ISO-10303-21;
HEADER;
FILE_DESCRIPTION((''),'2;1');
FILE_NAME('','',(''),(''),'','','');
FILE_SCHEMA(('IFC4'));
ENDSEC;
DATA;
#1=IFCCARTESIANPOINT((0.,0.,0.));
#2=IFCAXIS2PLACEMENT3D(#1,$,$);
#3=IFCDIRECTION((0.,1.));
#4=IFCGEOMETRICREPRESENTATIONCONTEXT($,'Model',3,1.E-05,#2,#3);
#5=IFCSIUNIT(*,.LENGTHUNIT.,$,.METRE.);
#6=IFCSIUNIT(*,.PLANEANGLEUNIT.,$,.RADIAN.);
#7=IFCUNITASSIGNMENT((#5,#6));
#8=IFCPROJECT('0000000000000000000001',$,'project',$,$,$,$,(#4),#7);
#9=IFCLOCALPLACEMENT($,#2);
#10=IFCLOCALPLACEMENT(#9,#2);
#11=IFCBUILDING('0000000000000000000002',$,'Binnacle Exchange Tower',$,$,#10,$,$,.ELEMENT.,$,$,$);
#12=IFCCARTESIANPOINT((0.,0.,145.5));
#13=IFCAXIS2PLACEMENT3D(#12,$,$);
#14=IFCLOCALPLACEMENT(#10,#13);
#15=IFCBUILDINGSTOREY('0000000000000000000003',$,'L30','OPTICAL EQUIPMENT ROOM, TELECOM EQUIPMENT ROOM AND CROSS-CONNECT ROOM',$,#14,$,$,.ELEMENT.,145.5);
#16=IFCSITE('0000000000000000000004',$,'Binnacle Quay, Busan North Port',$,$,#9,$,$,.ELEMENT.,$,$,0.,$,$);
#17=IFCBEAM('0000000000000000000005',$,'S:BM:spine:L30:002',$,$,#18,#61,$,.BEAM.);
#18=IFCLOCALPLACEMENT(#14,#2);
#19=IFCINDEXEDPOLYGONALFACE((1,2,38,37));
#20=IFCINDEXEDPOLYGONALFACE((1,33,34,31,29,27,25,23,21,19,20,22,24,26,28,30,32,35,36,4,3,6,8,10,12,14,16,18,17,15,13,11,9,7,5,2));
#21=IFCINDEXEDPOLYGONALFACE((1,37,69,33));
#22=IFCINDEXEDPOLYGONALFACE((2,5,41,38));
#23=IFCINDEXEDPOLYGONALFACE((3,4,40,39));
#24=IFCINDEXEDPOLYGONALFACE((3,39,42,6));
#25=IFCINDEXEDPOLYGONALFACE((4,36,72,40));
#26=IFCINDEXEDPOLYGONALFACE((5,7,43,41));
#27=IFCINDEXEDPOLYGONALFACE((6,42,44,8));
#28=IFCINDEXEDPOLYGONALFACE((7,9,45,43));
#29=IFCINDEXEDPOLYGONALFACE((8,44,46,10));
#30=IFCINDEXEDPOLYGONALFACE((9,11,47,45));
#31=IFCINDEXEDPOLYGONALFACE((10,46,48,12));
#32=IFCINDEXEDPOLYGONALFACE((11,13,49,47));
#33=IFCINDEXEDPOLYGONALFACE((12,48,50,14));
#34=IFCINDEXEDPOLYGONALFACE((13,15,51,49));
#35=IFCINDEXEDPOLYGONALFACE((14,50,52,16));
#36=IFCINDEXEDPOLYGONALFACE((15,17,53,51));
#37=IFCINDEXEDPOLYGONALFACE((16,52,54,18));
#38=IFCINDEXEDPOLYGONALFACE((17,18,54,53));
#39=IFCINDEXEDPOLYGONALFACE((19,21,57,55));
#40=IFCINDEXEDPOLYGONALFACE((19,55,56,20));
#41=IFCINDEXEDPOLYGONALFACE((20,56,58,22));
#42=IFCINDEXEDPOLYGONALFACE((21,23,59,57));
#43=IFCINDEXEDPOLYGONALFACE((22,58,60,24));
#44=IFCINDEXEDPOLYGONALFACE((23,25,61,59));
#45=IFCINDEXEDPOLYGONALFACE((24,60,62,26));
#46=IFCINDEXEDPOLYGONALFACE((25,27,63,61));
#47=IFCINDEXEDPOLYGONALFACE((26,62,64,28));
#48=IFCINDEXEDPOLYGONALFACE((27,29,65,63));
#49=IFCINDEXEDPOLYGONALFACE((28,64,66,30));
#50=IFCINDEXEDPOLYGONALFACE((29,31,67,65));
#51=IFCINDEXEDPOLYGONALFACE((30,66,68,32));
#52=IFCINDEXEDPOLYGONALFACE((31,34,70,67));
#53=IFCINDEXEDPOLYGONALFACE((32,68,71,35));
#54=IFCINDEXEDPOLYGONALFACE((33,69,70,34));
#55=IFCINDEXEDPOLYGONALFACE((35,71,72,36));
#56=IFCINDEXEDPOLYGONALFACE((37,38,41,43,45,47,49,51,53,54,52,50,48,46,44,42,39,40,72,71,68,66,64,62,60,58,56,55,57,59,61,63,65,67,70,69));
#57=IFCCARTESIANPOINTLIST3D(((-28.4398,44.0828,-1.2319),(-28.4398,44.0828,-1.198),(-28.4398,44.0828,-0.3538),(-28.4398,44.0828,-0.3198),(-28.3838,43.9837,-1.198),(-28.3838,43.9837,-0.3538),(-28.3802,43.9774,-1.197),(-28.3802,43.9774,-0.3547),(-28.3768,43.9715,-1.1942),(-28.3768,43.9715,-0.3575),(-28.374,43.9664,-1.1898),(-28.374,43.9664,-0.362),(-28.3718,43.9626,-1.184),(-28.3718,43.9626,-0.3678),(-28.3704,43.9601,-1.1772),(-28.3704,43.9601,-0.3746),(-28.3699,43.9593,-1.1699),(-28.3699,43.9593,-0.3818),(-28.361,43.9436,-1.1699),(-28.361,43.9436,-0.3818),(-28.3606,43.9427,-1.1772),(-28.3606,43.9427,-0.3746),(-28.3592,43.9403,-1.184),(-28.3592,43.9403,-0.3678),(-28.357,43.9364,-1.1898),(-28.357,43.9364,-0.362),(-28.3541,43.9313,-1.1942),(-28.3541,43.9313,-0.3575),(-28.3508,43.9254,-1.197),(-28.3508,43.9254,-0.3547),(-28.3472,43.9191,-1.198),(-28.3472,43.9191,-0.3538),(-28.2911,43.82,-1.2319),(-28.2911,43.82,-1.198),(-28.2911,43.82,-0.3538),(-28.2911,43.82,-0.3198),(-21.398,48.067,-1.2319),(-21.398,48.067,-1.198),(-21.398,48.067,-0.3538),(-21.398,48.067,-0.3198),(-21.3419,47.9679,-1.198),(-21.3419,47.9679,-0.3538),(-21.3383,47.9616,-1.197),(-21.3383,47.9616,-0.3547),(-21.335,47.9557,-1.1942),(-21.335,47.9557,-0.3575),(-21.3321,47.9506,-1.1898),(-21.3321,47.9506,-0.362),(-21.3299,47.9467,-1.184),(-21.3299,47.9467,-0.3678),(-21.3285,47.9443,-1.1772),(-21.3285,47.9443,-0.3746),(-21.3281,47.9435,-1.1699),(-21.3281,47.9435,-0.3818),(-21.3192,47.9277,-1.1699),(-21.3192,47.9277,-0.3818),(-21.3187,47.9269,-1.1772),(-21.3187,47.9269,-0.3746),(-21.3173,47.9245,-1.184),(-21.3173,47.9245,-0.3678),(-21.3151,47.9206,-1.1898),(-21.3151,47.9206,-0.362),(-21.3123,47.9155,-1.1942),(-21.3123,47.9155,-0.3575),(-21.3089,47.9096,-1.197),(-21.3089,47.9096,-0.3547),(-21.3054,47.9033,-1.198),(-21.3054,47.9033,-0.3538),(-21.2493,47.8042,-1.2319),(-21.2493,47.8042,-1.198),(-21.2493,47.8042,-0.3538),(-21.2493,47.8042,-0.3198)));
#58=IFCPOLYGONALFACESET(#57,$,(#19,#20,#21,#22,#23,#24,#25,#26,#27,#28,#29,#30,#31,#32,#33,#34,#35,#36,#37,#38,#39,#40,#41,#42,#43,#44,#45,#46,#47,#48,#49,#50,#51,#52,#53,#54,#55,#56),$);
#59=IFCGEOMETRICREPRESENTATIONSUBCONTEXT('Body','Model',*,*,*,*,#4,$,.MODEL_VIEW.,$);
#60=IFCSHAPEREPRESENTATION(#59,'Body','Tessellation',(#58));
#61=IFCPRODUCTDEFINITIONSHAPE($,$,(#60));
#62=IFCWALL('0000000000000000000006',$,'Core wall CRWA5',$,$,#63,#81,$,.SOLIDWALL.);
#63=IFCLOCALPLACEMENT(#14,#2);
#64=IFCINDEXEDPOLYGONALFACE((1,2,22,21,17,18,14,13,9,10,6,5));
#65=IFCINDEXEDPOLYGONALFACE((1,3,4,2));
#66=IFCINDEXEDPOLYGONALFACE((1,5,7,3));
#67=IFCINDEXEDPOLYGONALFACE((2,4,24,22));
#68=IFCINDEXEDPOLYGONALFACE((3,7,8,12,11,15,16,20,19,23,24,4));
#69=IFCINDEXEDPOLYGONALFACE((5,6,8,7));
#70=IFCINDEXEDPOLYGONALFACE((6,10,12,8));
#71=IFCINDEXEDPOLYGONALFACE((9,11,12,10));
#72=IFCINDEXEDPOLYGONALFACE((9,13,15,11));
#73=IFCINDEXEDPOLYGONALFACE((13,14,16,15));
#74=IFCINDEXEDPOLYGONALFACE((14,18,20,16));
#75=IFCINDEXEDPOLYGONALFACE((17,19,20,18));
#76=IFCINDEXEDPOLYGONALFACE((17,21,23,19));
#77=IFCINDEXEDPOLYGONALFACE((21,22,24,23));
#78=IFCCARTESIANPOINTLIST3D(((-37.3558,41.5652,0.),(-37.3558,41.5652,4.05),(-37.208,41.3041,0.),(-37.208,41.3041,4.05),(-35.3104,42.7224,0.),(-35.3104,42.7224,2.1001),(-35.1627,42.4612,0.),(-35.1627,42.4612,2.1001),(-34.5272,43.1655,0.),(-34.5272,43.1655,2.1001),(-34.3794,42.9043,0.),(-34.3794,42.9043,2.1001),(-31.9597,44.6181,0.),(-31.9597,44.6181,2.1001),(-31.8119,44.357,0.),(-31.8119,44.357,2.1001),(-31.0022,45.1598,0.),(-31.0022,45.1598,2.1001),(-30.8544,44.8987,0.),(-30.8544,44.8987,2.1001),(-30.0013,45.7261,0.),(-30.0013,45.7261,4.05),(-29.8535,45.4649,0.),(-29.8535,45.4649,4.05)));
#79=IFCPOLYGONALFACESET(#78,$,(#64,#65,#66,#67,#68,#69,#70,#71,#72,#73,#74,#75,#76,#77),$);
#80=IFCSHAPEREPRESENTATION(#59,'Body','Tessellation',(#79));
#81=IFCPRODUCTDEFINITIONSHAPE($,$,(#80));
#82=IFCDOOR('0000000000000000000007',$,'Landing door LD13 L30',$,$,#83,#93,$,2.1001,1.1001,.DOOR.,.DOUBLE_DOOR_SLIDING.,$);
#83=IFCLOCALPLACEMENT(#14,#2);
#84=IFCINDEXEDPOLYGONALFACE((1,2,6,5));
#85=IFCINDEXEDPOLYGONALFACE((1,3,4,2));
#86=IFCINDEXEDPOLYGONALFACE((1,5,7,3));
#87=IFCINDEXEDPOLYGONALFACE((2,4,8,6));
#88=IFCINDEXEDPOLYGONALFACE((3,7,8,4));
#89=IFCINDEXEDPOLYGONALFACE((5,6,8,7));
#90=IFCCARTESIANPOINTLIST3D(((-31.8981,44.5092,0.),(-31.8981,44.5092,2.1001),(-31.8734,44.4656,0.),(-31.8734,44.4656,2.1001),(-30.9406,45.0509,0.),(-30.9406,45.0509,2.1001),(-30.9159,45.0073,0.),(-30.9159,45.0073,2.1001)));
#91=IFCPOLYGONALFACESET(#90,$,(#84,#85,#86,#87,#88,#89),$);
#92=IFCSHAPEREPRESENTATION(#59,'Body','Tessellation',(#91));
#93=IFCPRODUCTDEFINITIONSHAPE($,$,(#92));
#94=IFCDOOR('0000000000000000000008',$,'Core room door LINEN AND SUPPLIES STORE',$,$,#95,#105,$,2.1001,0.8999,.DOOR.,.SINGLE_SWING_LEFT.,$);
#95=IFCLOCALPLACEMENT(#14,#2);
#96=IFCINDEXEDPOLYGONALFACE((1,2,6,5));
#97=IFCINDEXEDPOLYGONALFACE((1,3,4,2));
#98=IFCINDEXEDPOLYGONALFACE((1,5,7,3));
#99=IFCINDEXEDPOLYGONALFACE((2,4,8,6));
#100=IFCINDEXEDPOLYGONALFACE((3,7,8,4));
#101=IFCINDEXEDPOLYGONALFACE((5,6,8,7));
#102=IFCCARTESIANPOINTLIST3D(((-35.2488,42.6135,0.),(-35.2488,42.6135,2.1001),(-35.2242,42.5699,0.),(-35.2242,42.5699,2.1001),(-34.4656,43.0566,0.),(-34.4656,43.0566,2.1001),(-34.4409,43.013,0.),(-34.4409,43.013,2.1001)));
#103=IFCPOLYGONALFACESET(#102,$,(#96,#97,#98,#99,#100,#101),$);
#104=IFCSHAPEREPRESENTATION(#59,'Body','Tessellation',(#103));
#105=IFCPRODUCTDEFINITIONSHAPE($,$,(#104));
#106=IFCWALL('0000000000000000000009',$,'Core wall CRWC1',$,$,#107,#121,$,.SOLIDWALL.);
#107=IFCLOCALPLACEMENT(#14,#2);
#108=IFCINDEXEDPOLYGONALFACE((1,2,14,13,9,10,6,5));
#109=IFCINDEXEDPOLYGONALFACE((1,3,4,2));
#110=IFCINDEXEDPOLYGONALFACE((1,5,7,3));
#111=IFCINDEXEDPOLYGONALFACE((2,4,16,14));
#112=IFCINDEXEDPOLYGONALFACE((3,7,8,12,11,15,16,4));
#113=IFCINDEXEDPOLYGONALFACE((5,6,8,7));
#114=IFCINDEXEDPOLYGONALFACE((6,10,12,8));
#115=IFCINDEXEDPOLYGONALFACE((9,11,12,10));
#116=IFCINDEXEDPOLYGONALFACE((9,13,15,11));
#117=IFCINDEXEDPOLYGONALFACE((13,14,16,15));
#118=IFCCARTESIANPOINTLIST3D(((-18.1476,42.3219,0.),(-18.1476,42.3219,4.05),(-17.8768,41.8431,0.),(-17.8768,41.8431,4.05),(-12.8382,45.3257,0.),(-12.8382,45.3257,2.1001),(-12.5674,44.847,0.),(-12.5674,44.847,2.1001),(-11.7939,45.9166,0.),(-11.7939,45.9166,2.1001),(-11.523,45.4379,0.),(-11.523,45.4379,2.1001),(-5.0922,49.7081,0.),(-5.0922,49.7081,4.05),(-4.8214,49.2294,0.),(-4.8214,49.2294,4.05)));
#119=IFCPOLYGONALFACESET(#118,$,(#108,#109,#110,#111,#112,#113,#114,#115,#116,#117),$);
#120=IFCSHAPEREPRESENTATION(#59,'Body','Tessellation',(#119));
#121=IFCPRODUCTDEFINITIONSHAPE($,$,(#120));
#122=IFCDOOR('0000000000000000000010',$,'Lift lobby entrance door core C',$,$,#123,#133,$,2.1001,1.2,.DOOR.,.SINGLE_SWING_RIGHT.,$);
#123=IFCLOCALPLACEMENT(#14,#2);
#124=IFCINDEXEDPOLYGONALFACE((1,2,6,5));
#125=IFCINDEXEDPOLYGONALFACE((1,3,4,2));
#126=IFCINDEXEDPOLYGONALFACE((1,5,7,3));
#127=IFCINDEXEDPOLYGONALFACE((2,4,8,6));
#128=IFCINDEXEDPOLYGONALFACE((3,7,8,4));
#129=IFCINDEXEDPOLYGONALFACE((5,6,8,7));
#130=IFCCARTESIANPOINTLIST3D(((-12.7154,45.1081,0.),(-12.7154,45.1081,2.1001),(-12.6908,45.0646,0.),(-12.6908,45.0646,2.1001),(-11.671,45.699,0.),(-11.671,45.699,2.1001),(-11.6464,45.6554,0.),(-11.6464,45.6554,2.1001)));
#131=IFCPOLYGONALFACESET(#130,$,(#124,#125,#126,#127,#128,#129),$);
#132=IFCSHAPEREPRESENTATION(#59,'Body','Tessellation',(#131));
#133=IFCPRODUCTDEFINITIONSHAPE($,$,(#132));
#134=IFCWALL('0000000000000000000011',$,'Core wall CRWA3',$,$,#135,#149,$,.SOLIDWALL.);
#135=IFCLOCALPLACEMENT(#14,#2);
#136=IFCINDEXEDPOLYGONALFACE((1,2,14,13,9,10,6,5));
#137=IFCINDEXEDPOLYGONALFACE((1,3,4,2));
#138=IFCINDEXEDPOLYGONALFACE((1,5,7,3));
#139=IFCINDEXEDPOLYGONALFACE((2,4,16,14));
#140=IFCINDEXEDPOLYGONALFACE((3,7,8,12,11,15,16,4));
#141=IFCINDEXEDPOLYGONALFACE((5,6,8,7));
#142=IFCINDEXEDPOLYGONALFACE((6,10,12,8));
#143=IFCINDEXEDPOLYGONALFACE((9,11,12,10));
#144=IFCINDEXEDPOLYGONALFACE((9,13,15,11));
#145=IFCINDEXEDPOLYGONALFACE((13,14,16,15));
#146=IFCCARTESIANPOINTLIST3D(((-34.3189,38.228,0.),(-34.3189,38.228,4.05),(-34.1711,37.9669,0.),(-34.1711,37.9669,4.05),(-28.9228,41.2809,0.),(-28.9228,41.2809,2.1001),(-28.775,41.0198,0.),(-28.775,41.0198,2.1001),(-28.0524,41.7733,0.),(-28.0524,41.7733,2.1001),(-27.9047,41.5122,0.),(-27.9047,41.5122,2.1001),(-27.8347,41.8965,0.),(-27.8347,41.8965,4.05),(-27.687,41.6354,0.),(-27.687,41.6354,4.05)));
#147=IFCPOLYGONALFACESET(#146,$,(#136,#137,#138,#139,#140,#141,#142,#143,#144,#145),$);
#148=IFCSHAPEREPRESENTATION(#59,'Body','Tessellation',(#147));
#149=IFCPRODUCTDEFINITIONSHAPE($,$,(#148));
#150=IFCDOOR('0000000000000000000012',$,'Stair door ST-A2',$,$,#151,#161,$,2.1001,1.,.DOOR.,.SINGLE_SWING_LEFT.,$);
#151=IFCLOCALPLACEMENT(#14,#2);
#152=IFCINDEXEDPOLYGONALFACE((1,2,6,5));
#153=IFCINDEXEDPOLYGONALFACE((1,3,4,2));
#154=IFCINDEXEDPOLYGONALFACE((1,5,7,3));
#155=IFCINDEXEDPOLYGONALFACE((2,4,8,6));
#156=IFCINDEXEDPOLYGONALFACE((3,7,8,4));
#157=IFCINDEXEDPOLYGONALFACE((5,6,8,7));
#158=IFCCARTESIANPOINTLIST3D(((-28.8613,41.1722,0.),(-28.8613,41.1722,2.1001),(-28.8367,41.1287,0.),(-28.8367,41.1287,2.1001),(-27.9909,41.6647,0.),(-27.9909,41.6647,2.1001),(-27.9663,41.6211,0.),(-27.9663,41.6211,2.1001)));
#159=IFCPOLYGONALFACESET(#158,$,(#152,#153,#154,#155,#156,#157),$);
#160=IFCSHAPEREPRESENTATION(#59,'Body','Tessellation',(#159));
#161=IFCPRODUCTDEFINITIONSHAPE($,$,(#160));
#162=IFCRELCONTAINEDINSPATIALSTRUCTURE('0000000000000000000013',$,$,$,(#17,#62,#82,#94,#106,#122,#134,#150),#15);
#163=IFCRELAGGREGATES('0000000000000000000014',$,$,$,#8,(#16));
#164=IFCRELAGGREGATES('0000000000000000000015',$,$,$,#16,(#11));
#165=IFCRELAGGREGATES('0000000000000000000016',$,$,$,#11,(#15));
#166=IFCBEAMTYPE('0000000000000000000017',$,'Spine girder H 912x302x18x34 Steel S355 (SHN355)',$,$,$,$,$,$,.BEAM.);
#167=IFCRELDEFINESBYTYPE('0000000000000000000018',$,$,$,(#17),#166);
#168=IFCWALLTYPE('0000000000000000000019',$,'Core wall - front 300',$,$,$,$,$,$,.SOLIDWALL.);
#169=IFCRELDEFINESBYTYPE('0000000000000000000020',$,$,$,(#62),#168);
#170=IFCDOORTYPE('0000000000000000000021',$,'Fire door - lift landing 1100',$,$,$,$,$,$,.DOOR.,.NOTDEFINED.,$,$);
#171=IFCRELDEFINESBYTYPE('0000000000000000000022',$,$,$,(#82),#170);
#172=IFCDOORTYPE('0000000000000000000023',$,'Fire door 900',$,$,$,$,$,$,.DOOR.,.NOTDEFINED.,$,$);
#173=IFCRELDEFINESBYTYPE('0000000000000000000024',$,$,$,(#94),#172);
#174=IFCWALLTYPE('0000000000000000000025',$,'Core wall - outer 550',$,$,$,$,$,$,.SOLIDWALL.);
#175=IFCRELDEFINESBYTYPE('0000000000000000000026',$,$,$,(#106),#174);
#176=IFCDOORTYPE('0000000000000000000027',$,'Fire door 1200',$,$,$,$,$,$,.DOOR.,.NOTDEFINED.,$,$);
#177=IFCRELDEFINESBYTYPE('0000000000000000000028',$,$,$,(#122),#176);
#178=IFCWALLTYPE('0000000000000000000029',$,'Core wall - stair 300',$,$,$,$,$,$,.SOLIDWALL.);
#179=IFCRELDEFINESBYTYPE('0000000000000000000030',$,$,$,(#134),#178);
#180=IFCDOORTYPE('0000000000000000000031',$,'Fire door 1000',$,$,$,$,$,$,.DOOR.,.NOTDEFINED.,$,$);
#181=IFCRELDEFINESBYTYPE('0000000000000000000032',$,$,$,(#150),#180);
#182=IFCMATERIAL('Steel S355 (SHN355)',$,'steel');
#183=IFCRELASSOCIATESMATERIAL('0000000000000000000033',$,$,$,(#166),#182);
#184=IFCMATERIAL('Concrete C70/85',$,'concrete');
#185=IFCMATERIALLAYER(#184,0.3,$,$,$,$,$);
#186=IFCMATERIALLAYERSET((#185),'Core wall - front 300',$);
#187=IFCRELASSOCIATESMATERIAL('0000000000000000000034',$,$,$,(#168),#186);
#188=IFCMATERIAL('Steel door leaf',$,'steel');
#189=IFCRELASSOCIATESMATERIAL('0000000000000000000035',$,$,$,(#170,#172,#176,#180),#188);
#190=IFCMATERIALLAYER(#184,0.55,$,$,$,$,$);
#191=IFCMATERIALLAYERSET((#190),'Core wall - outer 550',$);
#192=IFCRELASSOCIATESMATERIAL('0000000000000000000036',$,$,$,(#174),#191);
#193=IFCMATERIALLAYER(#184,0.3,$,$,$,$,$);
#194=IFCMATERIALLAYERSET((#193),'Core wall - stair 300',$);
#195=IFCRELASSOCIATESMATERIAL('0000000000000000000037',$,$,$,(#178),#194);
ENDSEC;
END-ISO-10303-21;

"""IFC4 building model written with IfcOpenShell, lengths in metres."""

from ifc_helpers import new_model, si_unit, direction, frame, frame_2d, origin, origin_2d, place, context, subcontext, project, spatial, rectangle, i_section, extrude, material, layer, layer_set, material_profile, profile_set, type_object, element, fill, save


model = new_model("IFC4")

# Units and contexts
model_context = context("Model", 3, precision=1e-05, world=origin(), true_north=direction((0.0, 1.0)))
body_context = subcontext(model_context, "Body", "Model", "MODEL_VIEW")
ifc_project = project(units=[si_unit("LENGTHUNIT", "METRE"), si_unit("PLANEANGLEUNIT", "RADIAN")], contexts=[model_context])

# Site, building, storey
site_placement = place(None, origin())
site = spatial("IfcSite", under=ifc_project, at=site_placement, Name="Binnacle Quay, Busan North Port", CompositionType="ELEMENT", RefElevation=0.0)
building_placement = place(site_placement, origin())
building = spatial("IfcBuilding", under=site, at=building_placement, Name="Binnacle Exchange Tower", CompositionType="ELEMENT")
storey_placement = place(building_placement, frame((0.0, 0.0, 145.5)))
storey = spatial("IfcBuildingStorey", under=building, at=storey_placement, Name="L30", Description="OPTICAL EQUIPMENT ROOM, TELECOM EQUIPMENT ROOM AND CROSS-CONNECT ROOM", CompositionType="ELEMENT", Elevation=145.5)

# Shared definitions
ifc_material_1 = material(Name="Concrete C70/85", Category="concrete")

# Beam
ifc_material_2 = material(Name="Steel S355 (SHN355)", Category="steel")
ifc_material_profile_1 = material_profile(ifc_material_2, i_section(OverallWidth=0.302, OverallDepth=0.9121, WebThickness=0.0181, FlangeThickness=0.0339, FilletRadius=0.0281, at=origin_2d()), Name="H 912x302x18x34")
ifc_profile_set_1 = profile_set([ifc_material_profile_1], Name="Steel S355 (SHN355)")
beam_type_1 = type_object("IfcBeamType", Name="Spine girder H 912x302x18x34 Steel S355 (SHN355)", PredefinedType="BEAM", material=ifc_profile_set_1)
beam_1_placement = place(storey_placement, frame((-28.3655, 43.9514, -0.7759), z_axis=(0.87035, 0.492433, 0.0), x_axis=(-0.492433, 0.87035, 0.0)))
element("IfcBeam", 1, at=beam_1_placement, inside=storey, type_object=beam_type_1, Name="S:BM:spine:L30:002", PredefinedType="BEAM", context=body_context, shape_type="SweptSolid", body=[
    extrude(i_section(OverallWidth=0.302, OverallDepth=0.9121, WebThickness=0.0181, FlangeThickness=0.0339, FilletRadius=0.0281, at=origin_2d()), origin(), (0.0, 0.0, 1.0), 8.0908),
])

# Wall, openings, doors
ifc_layer_1 = layer(ifc_material_1, 0.3)
ifc_layer_set_1 = layer_set([ifc_layer_1], Name="Core wall - front 300")
wall_type_1 = type_object("IfcWallType", Name="Core wall - front 300", PredefinedType="SOLIDWALL", material=ifc_layer_set_1)
wall_1_placement = place(storey_placement, frame((-37.282, 41.4346, 0.0), z_axis=(0.0, 0.0, 1.0), x_axis=(0.87036, 0.492416, 0.0)))
wall_1 = element("IfcWall", 2, at=wall_1_placement, inside=storey, type_object=wall_type_1, Name="Core wall CRWA5", PredefinedType="SOLIDWALL", context=body_context, shape_type="SweptSolid", body=[
    extrude(rectangle(XDim=8.45, YDim=0.3, at=frame_2d((4.2251, 0.0))), origin(), (0.0, 0.0, 1.0), 4.05),
])
opening_1_placement = place(wall_1_placement, frame((6.2, 0.0, 0.0)))
opening_1 = element("IfcOpeningElement", 3, at=opening_1_placement, cuts=wall_1, PredefinedType="OPENING", context=body_context, shape_type="SweptSolid", body=[
    extrude(rectangle(XDim=1.1001, YDim=2.1001, at=frame_2d((0.55, 1.05))), frame((0.0, 0.1599, 0.0), z_axis=(0.0, -1.0, 0.0), x_axis=(1.0, 0.0, 0.0)), (0.0, 0.0, 1.0), 0.3201),
])
opening_2_placement = place(wall_1_placement, frame((2.3501, 0.0, 0.0)))
opening_2 = element("IfcOpeningElement", 4, at=opening_2_placement, cuts=wall_1, PredefinedType="OPENING", context=body_context, shape_type="SweptSolid", body=[
    extrude(rectangle(XDim=0.8999, YDim=2.1001, at=frame_2d((0.45, 1.05))), frame((0.0, 0.1599, 0.0), z_axis=(0.0, -1.0, 0.0), x_axis=(1.0, 0.0, 0.0)), (0.0, 0.0, 1.0), 0.3201),
])
ifc_material_3 = material(Name="Steel door leaf", Category="steel")
door_type_1 = type_object("IfcDoorType", Name="Fire door - lift landing 1100", OperationType="NOTDEFINED", PredefinedType="DOOR", material=ifc_material_3)
door_1_placement = place(opening_1_placement, origin())
door_1 = element("IfcDoor", 5, at=door_1_placement, inside=storey, type_object=door_type_1, Name="Landing door LD13 L30", OperationType="DOUBLE_DOOR_SLIDING", OverallHeight=2.1001, OverallWidth=1.1001, PredefinedType="DOOR", context=body_context, shape_type="SweptSolid", body=[
    extrude(rectangle(XDim=1.1001, YDim=2.1001, at=frame_2d((0.55, 1.05))), frame((0.0, 0.0249, 0.0), z_axis=(0.0, -1.0, 0.0), x_axis=(1.0, 0.0, 0.0)), (0.0, 0.0, 1.0), 0.05),
])
fill(opening_1, door_1)
door_type_2 = type_object("IfcDoorType", Name="Fire door 900", OperationType="NOTDEFINED", PredefinedType="DOOR", material=ifc_material_3)
door_2_placement = place(opening_2_placement, origin())
door_2 = element("IfcDoor", 6, at=door_2_placement, inside=storey, type_object=door_type_2, Name="Core room door LINEN AND SUPPLIES STORE", OperationType="SINGLE_SWING_LEFT", OverallHeight=2.1001, OverallWidth=0.8999, PredefinedType="DOOR", context=body_context, shape_type="SweptSolid", body=[
    extrude(rectangle(XDim=0.8999, YDim=2.1001, at=frame_2d((0.45, 1.05))), frame((0.0, 0.0249, 0.0), z_axis=(0.0, -1.0, 0.0), x_axis=(1.0, 0.0, 0.0)), (0.0, 0.0, 1.0), 0.05),
])
fill(opening_2, door_2)

# Walls, openings, doors
ifc_layer_2 = layer(ifc_material_1, 0.55)
ifc_layer_set_2 = layer_set([ifc_layer_2], Name="Core wall - outer 550")
wall_type_2 = type_object("IfcWallType", Name="Core wall - outer 550", PredefinedType="SOLIDWALL", material=ifc_layer_set_2)
wall_2_placement = place(storey_placement, frame((-18.0122, 42.0825, 0.0), z_axis=(0.0, 0.0, 1.0), x_axis=(0.870361, 0.492415, 0.0)))
wall_2 = element("IfcWall", 7, at=wall_2_placement, inside=storey, type_object=wall_type_2, Name="Core wall CRWC1", PredefinedType="SOLIDWALL", context=body_context, shape_type="SweptSolid", body=[
    extrude(rectangle(XDim=15.0, YDim=0.55, at=frame_2d((7.5, 0.0))), origin(), (0.0, 0.0, 1.0), 4.05),
])
opening_3_placement = place(wall_2_placement, frame((6.1001, 0.0, 0.0)))
opening_3 = element("IfcOpeningElement", 8, at=opening_3_placement, cuts=wall_2, PredefinedType="OPENING", context=body_context, shape_type="SweptSolid", body=[
    extrude(rectangle(XDim=1.2, YDim=2.1001, at=frame_2d((0.6001, 1.05))), frame((0.0, 0.2849, 0.0), z_axis=(0.0, -1.0, 0.0), x_axis=(1.0, 0.0, 0.0)), (0.0, 0.0, 1.0), 0.5701),
])
door_type_3 = type_object("IfcDoorType", Name="Fire door 1200", OperationType="NOTDEFINED", PredefinedType="DOOR", material=ifc_material_3)
door_3_placement = place(opening_3_placement, frame((1.2, 0.0, 0.0), z_axis=(0.0, 0.0, 1.0), x_axis=(-1.0, 0.0, 0.0)))
door_3 = element("IfcDoor", 9, at=door_3_placement, inside=storey, type_object=door_type_3, Name="Lift lobby entrance door core C", OperationType="SINGLE_SWING_RIGHT", OverallHeight=2.1001, OverallWidth=1.2, PredefinedType="DOOR", context=body_context, shape_type="SweptSolid", body=[
    extrude(rectangle(XDim=1.2, YDim=2.1001, at=frame_2d((0.6001, 1.05))), frame((0.0, 0.0249, 0.0), z_axis=(0.0, -1.0, 0.0), x_axis=(1.0, 0.0, 0.0)), (0.0, 0.0, 1.0), 0.05),
])
fill(opening_3, door_3)
ifc_layer_3 = layer(ifc_material_1, 0.3)
ifc_layer_set_3 = layer_set([ifc_layer_3], Name="Core wall - stair 300")
wall_type_3 = type_object("IfcWallType", Name="Core wall - stair 300", PredefinedType="SOLIDWALL", material=ifc_layer_set_3)
wall_3_placement = place(storey_placement, frame((-34.2451, 38.0974, 0.0), z_axis=(0.0, 0.0, 1.0), x_axis=(0.870361, 0.492415, 0.0)))
wall_3 = element("IfcWall", 10, at=wall_3_placement, inside=storey, type_object=wall_type_3, Name="Core wall CRWA3", PredefinedType="SOLIDWALL", context=body_context, shape_type="SweptSolid", body=[
    extrude(rectangle(XDim=7.45, YDim=0.3, at=frame_2d((3.7251, 0.0))), origin(), (0.0, 0.0, 1.0), 4.05),
])
opening_4_placement = place(wall_3_placement, frame((6.2, 0.0, 0.0)))
opening_4 = element("IfcOpeningElement", 11, at=opening_4_placement, cuts=wall_3, PredefinedType="OPENING", context=body_context, shape_type="SweptSolid", body=[
    extrude(rectangle(XDim=1.0, YDim=2.1001, at=frame_2d((0.5, 1.05))), frame((0.0, 0.1599, 0.0), z_axis=(0.0, -1.0, 0.0), x_axis=(1.0, 0.0, 0.0)), (0.0, 0.0, 1.0), 0.3201),
])
door_type_4 = type_object("IfcDoorType", Name="Fire door 1000", OperationType="NOTDEFINED", PredefinedType="DOOR", material=ifc_material_3)
door_4_placement = place(opening_4_placement, frame((1.0, 0.0, 0.0), z_axis=(0.0, 0.0, 1.0), x_axis=(-1.0, 0.0, 0.0)))
door_4 = element("IfcDoor", 12, at=door_4_placement, inside=storey, type_object=door_type_4, Name="Stair door ST-A2", OperationType="SINGLE_SWING_LEFT", OverallHeight=2.1001, OverallWidth=1.0, PredefinedType="DOOR", context=body_context, shape_type="SweptSolid", body=[
    extrude(rectangle(XDim=1.0, YDim=2.1001, at=frame_2d((0.5, 1.05))), frame((0.0, 0.0249, 0.0), z_axis=(0.0, -1.0, 0.0), x_axis=(1.0, 0.0, 0.0)), (0.0, 0.0, 1.0), 0.05),
])
fill(opening_4, door_4)

save(model, "model.ifc")
